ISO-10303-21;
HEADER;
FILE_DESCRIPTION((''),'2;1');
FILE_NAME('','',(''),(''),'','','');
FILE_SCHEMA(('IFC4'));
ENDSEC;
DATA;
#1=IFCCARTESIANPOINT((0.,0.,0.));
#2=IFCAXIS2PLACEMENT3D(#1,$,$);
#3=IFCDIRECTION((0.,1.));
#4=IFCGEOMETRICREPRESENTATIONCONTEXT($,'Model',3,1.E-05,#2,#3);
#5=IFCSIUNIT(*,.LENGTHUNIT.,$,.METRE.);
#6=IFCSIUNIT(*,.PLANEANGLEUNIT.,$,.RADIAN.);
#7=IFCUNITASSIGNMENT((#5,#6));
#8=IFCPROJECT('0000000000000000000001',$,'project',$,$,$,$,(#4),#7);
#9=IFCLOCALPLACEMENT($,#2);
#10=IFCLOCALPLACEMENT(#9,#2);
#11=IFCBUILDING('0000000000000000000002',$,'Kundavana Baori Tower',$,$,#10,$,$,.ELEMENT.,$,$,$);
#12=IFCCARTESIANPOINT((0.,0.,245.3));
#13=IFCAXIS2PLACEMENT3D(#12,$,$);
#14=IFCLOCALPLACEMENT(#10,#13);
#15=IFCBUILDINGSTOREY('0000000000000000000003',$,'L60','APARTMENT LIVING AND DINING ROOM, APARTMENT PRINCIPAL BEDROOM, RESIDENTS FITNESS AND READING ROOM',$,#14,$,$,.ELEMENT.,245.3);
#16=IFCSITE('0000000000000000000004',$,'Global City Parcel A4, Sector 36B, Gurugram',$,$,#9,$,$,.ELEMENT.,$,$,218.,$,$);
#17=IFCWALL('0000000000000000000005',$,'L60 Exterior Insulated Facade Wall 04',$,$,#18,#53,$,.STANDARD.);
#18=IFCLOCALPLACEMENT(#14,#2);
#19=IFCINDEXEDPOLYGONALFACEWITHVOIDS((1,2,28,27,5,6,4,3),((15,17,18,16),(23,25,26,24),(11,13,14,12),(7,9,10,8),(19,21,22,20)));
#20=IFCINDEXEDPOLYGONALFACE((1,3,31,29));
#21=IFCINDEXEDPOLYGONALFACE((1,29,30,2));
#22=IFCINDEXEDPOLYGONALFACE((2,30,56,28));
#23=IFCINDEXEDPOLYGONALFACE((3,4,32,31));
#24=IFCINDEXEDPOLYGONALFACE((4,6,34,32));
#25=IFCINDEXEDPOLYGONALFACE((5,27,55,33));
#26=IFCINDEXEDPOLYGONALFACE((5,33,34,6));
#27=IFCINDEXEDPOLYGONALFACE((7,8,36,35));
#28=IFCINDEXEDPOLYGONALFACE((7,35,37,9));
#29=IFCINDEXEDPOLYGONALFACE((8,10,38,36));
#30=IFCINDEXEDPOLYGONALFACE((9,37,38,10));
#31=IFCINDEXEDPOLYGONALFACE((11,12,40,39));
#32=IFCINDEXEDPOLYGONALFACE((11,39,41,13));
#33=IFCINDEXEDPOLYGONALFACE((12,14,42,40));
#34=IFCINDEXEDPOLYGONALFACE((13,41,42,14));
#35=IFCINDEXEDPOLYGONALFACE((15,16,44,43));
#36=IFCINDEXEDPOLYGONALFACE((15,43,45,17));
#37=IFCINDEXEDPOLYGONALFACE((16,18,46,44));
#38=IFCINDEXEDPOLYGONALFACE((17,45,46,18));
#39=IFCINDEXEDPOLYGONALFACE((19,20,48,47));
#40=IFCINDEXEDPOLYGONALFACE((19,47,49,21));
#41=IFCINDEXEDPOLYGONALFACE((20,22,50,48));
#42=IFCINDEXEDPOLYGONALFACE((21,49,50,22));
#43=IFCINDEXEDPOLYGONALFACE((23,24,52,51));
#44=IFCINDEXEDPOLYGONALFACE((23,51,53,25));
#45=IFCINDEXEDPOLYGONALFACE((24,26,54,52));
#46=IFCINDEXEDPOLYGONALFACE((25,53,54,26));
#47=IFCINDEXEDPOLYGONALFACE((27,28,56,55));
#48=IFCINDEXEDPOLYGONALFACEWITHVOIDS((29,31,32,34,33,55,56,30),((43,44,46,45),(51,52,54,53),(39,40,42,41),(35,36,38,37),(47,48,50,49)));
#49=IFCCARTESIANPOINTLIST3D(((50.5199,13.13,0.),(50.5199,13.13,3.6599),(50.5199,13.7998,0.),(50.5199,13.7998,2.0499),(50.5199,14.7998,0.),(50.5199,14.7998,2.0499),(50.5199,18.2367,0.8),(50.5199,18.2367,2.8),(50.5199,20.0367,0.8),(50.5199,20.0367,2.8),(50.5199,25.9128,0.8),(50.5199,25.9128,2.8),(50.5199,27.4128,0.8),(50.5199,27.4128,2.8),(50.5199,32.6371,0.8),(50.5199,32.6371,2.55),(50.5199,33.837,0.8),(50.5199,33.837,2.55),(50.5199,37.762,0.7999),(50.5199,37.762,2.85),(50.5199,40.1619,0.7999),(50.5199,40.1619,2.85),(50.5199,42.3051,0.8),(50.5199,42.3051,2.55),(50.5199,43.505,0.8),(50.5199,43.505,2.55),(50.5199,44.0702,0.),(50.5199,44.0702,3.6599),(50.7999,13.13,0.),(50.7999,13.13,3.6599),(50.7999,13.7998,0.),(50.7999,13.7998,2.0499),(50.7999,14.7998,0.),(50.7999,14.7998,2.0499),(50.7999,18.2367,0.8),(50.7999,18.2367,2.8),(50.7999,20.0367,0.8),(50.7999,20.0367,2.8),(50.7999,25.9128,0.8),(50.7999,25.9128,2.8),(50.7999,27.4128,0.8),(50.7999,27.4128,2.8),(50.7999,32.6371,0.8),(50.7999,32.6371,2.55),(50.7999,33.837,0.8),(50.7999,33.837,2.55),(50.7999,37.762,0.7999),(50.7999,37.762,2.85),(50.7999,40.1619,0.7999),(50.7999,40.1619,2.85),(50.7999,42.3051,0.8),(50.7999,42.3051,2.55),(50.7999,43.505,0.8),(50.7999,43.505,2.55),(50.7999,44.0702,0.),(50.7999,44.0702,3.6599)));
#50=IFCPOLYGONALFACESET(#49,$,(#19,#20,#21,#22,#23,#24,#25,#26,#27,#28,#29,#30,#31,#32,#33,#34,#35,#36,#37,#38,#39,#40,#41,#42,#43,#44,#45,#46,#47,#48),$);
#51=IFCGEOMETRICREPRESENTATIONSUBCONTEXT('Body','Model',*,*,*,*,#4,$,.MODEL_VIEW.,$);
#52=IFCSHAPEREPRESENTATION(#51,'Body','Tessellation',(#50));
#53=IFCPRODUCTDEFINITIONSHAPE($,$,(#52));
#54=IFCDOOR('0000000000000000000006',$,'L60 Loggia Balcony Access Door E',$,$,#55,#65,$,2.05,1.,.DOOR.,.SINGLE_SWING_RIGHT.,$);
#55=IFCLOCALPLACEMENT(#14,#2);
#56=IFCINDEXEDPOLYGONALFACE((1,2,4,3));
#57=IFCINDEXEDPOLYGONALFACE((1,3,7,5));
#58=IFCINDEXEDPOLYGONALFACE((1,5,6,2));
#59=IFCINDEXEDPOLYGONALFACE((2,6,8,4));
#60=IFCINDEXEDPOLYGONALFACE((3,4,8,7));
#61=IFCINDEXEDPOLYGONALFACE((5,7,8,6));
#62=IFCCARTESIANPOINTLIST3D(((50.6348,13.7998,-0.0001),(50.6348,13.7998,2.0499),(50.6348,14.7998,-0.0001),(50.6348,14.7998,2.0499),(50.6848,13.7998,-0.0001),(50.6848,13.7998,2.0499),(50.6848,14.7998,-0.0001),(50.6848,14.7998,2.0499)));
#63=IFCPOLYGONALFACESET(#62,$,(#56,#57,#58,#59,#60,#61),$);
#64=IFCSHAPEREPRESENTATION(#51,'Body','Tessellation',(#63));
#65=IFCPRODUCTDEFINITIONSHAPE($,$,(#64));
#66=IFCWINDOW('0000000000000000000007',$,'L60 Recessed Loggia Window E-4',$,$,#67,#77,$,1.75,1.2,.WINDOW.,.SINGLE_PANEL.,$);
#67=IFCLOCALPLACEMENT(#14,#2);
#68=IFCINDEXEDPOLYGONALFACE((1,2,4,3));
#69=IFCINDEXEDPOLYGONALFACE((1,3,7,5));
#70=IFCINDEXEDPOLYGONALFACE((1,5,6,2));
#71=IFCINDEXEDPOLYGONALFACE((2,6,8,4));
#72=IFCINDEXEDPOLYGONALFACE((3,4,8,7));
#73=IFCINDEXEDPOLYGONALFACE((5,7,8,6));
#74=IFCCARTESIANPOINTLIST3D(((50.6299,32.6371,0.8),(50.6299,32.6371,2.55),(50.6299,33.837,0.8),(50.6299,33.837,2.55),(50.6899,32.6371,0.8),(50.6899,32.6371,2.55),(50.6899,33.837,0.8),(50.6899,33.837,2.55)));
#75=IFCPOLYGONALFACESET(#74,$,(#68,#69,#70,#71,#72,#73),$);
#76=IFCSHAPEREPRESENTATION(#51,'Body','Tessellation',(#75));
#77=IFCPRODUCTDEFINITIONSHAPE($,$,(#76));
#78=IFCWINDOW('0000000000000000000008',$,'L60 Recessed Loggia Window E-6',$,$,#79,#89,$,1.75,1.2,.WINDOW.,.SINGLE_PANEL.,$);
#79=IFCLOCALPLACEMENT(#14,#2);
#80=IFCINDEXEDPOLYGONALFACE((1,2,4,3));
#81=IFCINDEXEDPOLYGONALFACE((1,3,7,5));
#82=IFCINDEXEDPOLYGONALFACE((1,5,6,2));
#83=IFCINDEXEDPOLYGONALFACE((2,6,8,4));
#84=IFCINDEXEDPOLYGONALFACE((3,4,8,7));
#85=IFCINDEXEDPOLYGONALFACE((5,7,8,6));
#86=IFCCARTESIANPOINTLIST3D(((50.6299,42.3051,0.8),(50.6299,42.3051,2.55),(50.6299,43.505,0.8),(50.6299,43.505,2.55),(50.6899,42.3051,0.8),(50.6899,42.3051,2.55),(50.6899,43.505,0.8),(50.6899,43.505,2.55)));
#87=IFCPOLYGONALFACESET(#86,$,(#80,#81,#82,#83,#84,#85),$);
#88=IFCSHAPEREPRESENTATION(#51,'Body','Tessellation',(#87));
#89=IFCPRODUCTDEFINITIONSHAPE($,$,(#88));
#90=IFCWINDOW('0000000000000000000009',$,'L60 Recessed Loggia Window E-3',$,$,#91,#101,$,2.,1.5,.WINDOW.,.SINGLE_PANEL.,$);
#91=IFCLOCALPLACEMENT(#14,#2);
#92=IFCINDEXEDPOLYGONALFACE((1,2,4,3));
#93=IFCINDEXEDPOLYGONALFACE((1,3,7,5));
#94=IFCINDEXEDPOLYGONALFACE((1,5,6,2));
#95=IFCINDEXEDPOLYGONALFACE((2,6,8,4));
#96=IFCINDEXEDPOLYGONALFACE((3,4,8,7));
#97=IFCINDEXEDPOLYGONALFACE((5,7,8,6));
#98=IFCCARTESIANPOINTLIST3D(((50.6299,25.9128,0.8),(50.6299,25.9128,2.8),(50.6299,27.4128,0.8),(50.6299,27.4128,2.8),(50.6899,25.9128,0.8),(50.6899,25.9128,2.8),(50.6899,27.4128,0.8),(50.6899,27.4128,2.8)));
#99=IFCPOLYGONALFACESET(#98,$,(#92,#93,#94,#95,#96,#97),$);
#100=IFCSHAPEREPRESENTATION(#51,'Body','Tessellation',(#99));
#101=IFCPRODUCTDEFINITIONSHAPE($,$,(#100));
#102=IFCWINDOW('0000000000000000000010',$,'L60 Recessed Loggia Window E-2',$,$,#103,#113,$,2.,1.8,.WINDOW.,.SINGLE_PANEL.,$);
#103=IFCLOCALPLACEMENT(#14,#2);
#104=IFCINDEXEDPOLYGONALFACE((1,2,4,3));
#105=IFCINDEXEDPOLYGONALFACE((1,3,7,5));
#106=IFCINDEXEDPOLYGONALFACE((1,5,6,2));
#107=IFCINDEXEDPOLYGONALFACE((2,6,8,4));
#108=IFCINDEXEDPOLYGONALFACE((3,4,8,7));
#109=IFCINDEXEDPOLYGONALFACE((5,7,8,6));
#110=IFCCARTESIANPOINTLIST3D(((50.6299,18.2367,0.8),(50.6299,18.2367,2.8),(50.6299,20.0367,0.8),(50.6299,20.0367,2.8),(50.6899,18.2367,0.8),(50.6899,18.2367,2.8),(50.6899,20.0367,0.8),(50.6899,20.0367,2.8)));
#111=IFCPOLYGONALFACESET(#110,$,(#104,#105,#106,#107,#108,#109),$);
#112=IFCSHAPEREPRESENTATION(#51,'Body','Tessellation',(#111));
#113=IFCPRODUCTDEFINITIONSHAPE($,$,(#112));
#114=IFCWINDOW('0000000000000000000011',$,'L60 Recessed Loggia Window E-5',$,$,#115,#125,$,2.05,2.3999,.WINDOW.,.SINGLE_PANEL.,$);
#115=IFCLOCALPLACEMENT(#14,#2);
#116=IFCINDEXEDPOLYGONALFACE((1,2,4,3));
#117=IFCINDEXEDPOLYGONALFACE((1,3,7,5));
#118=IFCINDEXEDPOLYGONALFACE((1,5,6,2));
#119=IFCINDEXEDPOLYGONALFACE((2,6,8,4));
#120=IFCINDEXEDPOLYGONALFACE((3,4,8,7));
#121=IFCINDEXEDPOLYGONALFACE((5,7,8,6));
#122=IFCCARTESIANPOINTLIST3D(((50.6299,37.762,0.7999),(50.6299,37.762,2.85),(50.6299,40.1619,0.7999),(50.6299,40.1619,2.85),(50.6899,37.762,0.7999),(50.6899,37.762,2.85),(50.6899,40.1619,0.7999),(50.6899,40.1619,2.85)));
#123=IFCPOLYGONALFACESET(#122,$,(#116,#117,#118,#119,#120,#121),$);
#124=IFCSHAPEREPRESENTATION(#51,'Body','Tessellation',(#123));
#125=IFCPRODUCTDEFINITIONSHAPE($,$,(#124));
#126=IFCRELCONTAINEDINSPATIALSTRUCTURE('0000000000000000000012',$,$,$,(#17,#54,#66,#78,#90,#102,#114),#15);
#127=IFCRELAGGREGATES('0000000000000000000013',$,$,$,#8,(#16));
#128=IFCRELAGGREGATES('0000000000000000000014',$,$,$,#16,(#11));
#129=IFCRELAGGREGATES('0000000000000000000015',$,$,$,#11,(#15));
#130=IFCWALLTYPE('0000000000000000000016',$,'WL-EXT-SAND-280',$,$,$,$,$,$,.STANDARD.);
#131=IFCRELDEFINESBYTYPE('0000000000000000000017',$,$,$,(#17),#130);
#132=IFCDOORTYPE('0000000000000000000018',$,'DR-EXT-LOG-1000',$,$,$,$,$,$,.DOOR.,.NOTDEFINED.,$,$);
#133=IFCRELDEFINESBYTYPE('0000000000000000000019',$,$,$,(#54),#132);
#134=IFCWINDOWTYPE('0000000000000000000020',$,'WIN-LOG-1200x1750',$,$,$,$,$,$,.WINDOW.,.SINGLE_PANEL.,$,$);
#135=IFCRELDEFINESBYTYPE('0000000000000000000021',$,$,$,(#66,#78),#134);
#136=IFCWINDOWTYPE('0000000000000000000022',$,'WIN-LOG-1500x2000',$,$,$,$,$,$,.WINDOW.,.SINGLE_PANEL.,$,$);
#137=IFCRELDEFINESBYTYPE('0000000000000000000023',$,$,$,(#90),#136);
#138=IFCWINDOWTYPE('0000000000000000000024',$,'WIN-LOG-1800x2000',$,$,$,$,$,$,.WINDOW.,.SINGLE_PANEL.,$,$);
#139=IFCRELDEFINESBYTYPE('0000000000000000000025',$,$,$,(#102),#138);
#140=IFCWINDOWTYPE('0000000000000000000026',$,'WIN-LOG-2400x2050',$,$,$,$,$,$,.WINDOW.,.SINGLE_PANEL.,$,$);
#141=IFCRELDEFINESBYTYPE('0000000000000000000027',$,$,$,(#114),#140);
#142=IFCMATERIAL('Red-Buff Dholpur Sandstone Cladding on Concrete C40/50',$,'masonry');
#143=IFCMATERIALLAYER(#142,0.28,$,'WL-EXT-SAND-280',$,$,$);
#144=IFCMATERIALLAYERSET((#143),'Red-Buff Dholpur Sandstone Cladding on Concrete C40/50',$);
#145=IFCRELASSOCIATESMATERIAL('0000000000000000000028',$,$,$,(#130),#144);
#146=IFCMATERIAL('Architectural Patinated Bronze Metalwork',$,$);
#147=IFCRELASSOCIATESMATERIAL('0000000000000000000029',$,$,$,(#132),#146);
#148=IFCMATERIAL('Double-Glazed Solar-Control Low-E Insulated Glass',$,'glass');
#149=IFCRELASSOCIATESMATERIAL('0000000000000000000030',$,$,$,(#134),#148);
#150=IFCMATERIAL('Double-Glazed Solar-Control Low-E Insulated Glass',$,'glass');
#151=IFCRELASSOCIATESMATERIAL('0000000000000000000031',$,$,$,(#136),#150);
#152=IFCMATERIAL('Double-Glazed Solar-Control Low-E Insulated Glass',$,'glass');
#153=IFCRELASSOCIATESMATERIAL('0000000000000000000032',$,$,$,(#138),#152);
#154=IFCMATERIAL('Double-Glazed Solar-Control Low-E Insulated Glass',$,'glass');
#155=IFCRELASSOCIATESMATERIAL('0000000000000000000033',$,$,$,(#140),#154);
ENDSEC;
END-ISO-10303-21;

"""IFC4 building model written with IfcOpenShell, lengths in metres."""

from ifc_helpers import new_model, si_unit, direction, frame, frame_2d, origin, place, context, subcontext, project, spatial, rectangle, extrude, material, layer, layer_set, type_object, element, fill, save


model = new_model("IFC4")

# Units and contexts
model_context = context("Model", 3, precision=1e-05, world=origin(), true_north=direction((0.0, 1.0)))
body_context = subcontext(model_context, "Body", "Model", "MODEL_VIEW")
ifc_project = project(units=[si_unit("LENGTHUNIT", "METRE"), si_unit("PLANEANGLEUNIT", "RADIAN")], contexts=[model_context])

# Site, building, storey
site_placement = place(None, origin())
site = spatial("IfcSite", under=ifc_project, at=site_placement, Name="Global City Parcel A4, Sector 36B, Gurugram", CompositionType="ELEMENT", RefElevation=218.0)
building_placement = place(site_placement, origin())
building = spatial("IfcBuilding", under=site, at=building_placement, Name="Kundavana Baori Tower", CompositionType="ELEMENT")
storey_placement = place(building_placement, frame((0.0, 0.0, 245.3)))
storey = spatial("IfcBuildingStorey", under=building, at=storey_placement, Name="L60", Description="APARTMENT LIVING AND DINING ROOM, APARTMENT PRINCIPAL BEDROOM, RESIDENTS FITNESS AND READING ROOM", CompositionType="ELEMENT", Elevation=245.3)

# Shared definitions
ifc_material_1 = material(Name="Red-Buff Dholpur Sandstone Cladding on Concrete C40/50", Category="masonry")
ifc_layer_1 = layer(ifc_material_1, 0.28, Name="WL-EXT-SAND-280")
ifc_layer_set_1 = layer_set([ifc_layer_1], Name="Red-Buff Dholpur Sandstone Cladding on Concrete C40/50")
wall_type_1 = type_object("IfcWallType", Name="WL-EXT-SAND-280", PredefinedType="STANDARD", material=ifc_layer_set_1)

# Wall, openings, door, windows
wall_1_placement = place(storey_placement, frame((50.6599, 13.1299, 0.0), z_axis=(0.0, 0.0, 1.0), x_axis=(0.0, 1.0, 0.0)))
wall_1 = element("IfcWall", 1, at=wall_1_placement, inside=storey, type_object=wall_type_1, Name="L60 Exterior Insulated Facade Wall 04", PredefinedType="STANDARD", context=body_context, shape_type="SweptSolid", body=[
    extrude(rectangle(XDim=30.9402, YDim=0.28, at=frame_2d((15.4702, 0.0))), origin(), (0.0, 0.0, 1.0), 3.6599),
])
opening_1_placement = place(wall_1_placement, frame((0.6699, 0.0, 0.0)))
opening_1 = element("IfcOpeningElement", 2, at=opening_1_placement, cuts=wall_1, PredefinedType="OPENING", context=body_context, shape_type="SweptSolid", body=[
    extrude(rectangle(XDim=1.0, YDim=2.05, at=frame_2d((0.5, 1.0249))), frame((0.0, 0.1499, 0.0), z_axis=(0.0, -1.0, 0.0), x_axis=(1.0, 0.0, 0.0)), (0.0, 0.0, 1.0), 0.3),
])
opening_2_placement = place(wall_1_placement, frame((5.1069, 0.0, 0.8)))
opening_2 = element("IfcOpeningElement", 3, at=opening_2_placement, cuts=wall_1, PredefinedType="OPENING", context=body_context, shape_type="SweptSolid", body=[
    extrude(rectangle(XDim=1.8, YDim=2.0, at=frame_2d((0.8999, 1.0))), frame((0.0, 0.1499, 0.0), z_axis=(0.0, -1.0, 0.0), x_axis=(1.0, 0.0, 0.0)), (0.0, 0.0, 1.0), 0.3),
])
opening_3_placement = place(wall_1_placement, frame((12.783, 0.0, 0.8)))
opening_3 = element("IfcOpeningElement", 4, at=opening_3_placement, cuts=wall_1, PredefinedType="OPENING", context=body_context, shape_type="SweptSolid", body=[
    extrude(rectangle(XDim=1.5, YDim=2.0, at=frame_2d((0.75, 1.0))), frame((0.0, 0.1499, 0.0), z_axis=(0.0, -1.0, 0.0), x_axis=(1.0, 0.0, 0.0)), (0.0, 0.0, 1.0), 0.3),
])
opening_4_placement = place(wall_1_placement, frame((19.5071, 0.0, 0.8)))
opening_4 = element("IfcOpeningElement", 5, at=opening_4_placement, cuts=wall_1, PredefinedType="OPENING", context=body_context, shape_type="SweptSolid", body=[
    extrude(rectangle(XDim=1.2, YDim=1.75, at=frame_2d((0.6001, 0.875))), frame((0.0, 0.1499, 0.0), z_axis=(0.0, -1.0, 0.0), x_axis=(1.0, 0.0, 0.0)), (0.0, 0.0, 1.0), 0.3),
])
opening_5_placement = place(wall_1_placement, frame((24.6321, 0.0, 0.8)))
opening_5 = element("IfcOpeningElement", 6, at=opening_5_placement, cuts=wall_1, PredefinedType="OPENING", context=body_context, shape_type="SweptSolid", body=[
    extrude(rectangle(XDim=2.3999, YDim=2.05, at=frame_2d((1.2, 1.0249))), frame((0.0, 0.1499, 0.0), z_axis=(0.0, -1.0, 0.0), x_axis=(1.0, 0.0, 0.0)), (0.0, 0.0, 1.0), 0.3),
])
opening_6_placement = place(wall_1_placement, frame((29.175, 0.0, 0.8)))
opening_6 = element("IfcOpeningElement", 7, at=opening_6_placement, cuts=wall_1, PredefinedType="OPENING", context=body_context, shape_type="SweptSolid", body=[
    extrude(rectangle(XDim=1.2, YDim=1.75, at=frame_2d((0.6001, 0.875))), frame((0.0, 0.1499, 0.0), z_axis=(0.0, -1.0, 0.0), x_axis=(1.0, 0.0, 0.0)), (0.0, 0.0, 1.0), 0.3),
])
ifc_material_2 = material(Name="Architectural Patinated Bronze Metalwork")
door_type_1 = type_object("IfcDoorType", Name="DR-EXT-LOG-1000", OperationType="NOTDEFINED", PredefinedType="DOOR", material=ifc_material_2)
door_1_placement = place(opening_1_placement, frame((1.0, 0.0, 0.0), z_axis=(0.0, 0.0, 1.0), x_axis=(-1.0, 0.0, 0.0)))
door_1 = element("IfcDoor", 8, at=door_1_placement, inside=storey, type_object=door_type_1, Name="L60 Loggia Balcony Access Door E", OperationType="SINGLE_SWING_RIGHT", OverallHeight=2.05, OverallWidth=1.0, PredefinedType="DOOR", context=body_context, shape_type="SweptSolid", body=[
    extrude(rectangle(XDim=1.0, YDim=2.05, at=frame_2d((0.5, 1.0249))), frame((0.0, 0.0249, 0.0), z_axis=(0.0, -1.0, 0.0), x_axis=(1.0, 0.0, 0.0)), (0.0, 0.0, 1.0), 0.05),
])
fill(opening_1, door_1)
ifc_material_3 = material(Name="Double-Glazed Solar-Control Low-E Insulated Glass", Category="glass")
window_type_1 = type_object("IfcWindowType", Name="WIN-LOG-1200x1750", PartitioningType="SINGLE_PANEL", PredefinedType="WINDOW", material=ifc_material_3)
window_1_placement = place(opening_4_placement, origin())
window_1 = element("IfcWindow", 9, at=window_1_placement, inside=storey, type_object=window_type_1, Name="L60 Recessed Loggia Window E-4", OverallHeight=1.75, OverallWidth=1.2, PartitioningType="SINGLE_PANEL", PredefinedType="WINDOW", context=body_context, shape_type="SweptSolid", body=[
    extrude(rectangle(XDim=1.2, YDim=1.75, at=frame_2d((0.6001, 0.875))), frame((0.0, 0.03, 0.0), z_axis=(0.0, -1.0, 0.0), x_axis=(1.0, 0.0, 0.0)), (0.0, 0.0, 1.0), 0.0601),
])
fill(opening_4, window_1)
window_2_placement = place(opening_6_placement, origin())
window_2 = element("IfcWindow", 10, at=window_2_placement, inside=storey, type_object=window_type_1, Name="L60 Recessed Loggia Window E-6", OverallHeight=1.75, OverallWidth=1.2, PartitioningType="SINGLE_PANEL", PredefinedType="WINDOW", context=body_context, shape_type="SweptSolid", body=[
    extrude(rectangle(XDim=1.2, YDim=1.75, at=frame_2d((0.6001, 0.875))), frame((0.0, 0.03, 0.0), z_axis=(0.0, -1.0, 0.0), x_axis=(1.0, 0.0, 0.0)), (0.0, 0.0, 1.0), 0.0601),
])
fill(opening_6, window_2)
ifc_material_4 = material(Name="Double-Glazed Solar-Control Low-E Insulated Glass", Category="glass")
window_type_2 = type_object("IfcWindowType", Name="WIN-LOG-1500x2000", PartitioningType="SINGLE_PANEL", PredefinedType="WINDOW", material=ifc_material_4)
window_3_placement = place(opening_3_placement, origin())
window_3 = element("IfcWindow", 11, at=window_3_placement, inside=storey, type_object=window_type_2, Name="L60 Recessed Loggia Window E-3", OverallHeight=2.0, OverallWidth=1.5, PartitioningType="SINGLE_PANEL", PredefinedType="WINDOW", context=body_context, shape_type="SweptSolid", body=[
    extrude(rectangle(XDim=1.5, YDim=2.0, at=frame_2d((0.75, 1.0))), frame((0.0, 0.03, 0.0), z_axis=(0.0, -1.0, 0.0), x_axis=(1.0, 0.0, 0.0)), (0.0, 0.0, 1.0), 0.0601),
])
fill(opening_3, window_3)
ifc_material_5 = material(Name="Double-Glazed Solar-Control Low-E Insulated Glass", Category="glass")
window_type_3 = type_object("IfcWindowType", Name="WIN-LOG-1800x2000", PartitioningType="SINGLE_PANEL", PredefinedType="WINDOW", material=ifc_material_5)
window_4_placement = place(opening_2_placement, origin())
window_4 = element("IfcWindow", 12, at=window_4_placement, inside=storey, type_object=window_type_3, Name="L60 Recessed Loggia Window E-2", OverallHeight=2.0, OverallWidth=1.8, PartitioningType="SINGLE_PANEL", PredefinedType="WINDOW", context=body_context, shape_type="SweptSolid", body=[
    extrude(rectangle(XDim=1.8, YDim=2.0, at=frame_2d((0.8999, 1.0))), frame((0.0, 0.03, 0.0), z_axis=(0.0, -1.0, 0.0), x_axis=(1.0, 0.0, 0.0)), (0.0, 0.0, 1.0), 0.0601),
])
fill(opening_2, window_4)
ifc_material_6 = material(Name="Double-Glazed Solar-Control Low-E Insulated Glass", Category="glass")
window_type_4 = type_object("IfcWindowType", Name="WIN-LOG-2400x2050", PartitioningType="SINGLE_PANEL", PredefinedType="WINDOW", material=ifc_material_6)
window_5_placement = place(opening_5_placement, origin())
window_5 = element("IfcWindow", 13, at=window_5_placement, inside=storey, type_object=window_type_4, Name="L60 Recessed Loggia Window E-5", OverallHeight=2.05, OverallWidth=2.3999, PartitioningType="SINGLE_PANEL", PredefinedType="WINDOW", context=body_context, shape_type="SweptSolid", body=[
    extrude(rectangle(XDim=2.3999, YDim=2.05, at=frame_2d((1.2, 1.0249))), frame((0.0, 0.03, 0.0), z_axis=(0.0, -1.0, 0.0), x_axis=(1.0, 0.0, 0.0)), (0.0, 0.0, 1.0), 0.0601),
])
fill(opening_5, window_5)

save(model, "model.ifc")
